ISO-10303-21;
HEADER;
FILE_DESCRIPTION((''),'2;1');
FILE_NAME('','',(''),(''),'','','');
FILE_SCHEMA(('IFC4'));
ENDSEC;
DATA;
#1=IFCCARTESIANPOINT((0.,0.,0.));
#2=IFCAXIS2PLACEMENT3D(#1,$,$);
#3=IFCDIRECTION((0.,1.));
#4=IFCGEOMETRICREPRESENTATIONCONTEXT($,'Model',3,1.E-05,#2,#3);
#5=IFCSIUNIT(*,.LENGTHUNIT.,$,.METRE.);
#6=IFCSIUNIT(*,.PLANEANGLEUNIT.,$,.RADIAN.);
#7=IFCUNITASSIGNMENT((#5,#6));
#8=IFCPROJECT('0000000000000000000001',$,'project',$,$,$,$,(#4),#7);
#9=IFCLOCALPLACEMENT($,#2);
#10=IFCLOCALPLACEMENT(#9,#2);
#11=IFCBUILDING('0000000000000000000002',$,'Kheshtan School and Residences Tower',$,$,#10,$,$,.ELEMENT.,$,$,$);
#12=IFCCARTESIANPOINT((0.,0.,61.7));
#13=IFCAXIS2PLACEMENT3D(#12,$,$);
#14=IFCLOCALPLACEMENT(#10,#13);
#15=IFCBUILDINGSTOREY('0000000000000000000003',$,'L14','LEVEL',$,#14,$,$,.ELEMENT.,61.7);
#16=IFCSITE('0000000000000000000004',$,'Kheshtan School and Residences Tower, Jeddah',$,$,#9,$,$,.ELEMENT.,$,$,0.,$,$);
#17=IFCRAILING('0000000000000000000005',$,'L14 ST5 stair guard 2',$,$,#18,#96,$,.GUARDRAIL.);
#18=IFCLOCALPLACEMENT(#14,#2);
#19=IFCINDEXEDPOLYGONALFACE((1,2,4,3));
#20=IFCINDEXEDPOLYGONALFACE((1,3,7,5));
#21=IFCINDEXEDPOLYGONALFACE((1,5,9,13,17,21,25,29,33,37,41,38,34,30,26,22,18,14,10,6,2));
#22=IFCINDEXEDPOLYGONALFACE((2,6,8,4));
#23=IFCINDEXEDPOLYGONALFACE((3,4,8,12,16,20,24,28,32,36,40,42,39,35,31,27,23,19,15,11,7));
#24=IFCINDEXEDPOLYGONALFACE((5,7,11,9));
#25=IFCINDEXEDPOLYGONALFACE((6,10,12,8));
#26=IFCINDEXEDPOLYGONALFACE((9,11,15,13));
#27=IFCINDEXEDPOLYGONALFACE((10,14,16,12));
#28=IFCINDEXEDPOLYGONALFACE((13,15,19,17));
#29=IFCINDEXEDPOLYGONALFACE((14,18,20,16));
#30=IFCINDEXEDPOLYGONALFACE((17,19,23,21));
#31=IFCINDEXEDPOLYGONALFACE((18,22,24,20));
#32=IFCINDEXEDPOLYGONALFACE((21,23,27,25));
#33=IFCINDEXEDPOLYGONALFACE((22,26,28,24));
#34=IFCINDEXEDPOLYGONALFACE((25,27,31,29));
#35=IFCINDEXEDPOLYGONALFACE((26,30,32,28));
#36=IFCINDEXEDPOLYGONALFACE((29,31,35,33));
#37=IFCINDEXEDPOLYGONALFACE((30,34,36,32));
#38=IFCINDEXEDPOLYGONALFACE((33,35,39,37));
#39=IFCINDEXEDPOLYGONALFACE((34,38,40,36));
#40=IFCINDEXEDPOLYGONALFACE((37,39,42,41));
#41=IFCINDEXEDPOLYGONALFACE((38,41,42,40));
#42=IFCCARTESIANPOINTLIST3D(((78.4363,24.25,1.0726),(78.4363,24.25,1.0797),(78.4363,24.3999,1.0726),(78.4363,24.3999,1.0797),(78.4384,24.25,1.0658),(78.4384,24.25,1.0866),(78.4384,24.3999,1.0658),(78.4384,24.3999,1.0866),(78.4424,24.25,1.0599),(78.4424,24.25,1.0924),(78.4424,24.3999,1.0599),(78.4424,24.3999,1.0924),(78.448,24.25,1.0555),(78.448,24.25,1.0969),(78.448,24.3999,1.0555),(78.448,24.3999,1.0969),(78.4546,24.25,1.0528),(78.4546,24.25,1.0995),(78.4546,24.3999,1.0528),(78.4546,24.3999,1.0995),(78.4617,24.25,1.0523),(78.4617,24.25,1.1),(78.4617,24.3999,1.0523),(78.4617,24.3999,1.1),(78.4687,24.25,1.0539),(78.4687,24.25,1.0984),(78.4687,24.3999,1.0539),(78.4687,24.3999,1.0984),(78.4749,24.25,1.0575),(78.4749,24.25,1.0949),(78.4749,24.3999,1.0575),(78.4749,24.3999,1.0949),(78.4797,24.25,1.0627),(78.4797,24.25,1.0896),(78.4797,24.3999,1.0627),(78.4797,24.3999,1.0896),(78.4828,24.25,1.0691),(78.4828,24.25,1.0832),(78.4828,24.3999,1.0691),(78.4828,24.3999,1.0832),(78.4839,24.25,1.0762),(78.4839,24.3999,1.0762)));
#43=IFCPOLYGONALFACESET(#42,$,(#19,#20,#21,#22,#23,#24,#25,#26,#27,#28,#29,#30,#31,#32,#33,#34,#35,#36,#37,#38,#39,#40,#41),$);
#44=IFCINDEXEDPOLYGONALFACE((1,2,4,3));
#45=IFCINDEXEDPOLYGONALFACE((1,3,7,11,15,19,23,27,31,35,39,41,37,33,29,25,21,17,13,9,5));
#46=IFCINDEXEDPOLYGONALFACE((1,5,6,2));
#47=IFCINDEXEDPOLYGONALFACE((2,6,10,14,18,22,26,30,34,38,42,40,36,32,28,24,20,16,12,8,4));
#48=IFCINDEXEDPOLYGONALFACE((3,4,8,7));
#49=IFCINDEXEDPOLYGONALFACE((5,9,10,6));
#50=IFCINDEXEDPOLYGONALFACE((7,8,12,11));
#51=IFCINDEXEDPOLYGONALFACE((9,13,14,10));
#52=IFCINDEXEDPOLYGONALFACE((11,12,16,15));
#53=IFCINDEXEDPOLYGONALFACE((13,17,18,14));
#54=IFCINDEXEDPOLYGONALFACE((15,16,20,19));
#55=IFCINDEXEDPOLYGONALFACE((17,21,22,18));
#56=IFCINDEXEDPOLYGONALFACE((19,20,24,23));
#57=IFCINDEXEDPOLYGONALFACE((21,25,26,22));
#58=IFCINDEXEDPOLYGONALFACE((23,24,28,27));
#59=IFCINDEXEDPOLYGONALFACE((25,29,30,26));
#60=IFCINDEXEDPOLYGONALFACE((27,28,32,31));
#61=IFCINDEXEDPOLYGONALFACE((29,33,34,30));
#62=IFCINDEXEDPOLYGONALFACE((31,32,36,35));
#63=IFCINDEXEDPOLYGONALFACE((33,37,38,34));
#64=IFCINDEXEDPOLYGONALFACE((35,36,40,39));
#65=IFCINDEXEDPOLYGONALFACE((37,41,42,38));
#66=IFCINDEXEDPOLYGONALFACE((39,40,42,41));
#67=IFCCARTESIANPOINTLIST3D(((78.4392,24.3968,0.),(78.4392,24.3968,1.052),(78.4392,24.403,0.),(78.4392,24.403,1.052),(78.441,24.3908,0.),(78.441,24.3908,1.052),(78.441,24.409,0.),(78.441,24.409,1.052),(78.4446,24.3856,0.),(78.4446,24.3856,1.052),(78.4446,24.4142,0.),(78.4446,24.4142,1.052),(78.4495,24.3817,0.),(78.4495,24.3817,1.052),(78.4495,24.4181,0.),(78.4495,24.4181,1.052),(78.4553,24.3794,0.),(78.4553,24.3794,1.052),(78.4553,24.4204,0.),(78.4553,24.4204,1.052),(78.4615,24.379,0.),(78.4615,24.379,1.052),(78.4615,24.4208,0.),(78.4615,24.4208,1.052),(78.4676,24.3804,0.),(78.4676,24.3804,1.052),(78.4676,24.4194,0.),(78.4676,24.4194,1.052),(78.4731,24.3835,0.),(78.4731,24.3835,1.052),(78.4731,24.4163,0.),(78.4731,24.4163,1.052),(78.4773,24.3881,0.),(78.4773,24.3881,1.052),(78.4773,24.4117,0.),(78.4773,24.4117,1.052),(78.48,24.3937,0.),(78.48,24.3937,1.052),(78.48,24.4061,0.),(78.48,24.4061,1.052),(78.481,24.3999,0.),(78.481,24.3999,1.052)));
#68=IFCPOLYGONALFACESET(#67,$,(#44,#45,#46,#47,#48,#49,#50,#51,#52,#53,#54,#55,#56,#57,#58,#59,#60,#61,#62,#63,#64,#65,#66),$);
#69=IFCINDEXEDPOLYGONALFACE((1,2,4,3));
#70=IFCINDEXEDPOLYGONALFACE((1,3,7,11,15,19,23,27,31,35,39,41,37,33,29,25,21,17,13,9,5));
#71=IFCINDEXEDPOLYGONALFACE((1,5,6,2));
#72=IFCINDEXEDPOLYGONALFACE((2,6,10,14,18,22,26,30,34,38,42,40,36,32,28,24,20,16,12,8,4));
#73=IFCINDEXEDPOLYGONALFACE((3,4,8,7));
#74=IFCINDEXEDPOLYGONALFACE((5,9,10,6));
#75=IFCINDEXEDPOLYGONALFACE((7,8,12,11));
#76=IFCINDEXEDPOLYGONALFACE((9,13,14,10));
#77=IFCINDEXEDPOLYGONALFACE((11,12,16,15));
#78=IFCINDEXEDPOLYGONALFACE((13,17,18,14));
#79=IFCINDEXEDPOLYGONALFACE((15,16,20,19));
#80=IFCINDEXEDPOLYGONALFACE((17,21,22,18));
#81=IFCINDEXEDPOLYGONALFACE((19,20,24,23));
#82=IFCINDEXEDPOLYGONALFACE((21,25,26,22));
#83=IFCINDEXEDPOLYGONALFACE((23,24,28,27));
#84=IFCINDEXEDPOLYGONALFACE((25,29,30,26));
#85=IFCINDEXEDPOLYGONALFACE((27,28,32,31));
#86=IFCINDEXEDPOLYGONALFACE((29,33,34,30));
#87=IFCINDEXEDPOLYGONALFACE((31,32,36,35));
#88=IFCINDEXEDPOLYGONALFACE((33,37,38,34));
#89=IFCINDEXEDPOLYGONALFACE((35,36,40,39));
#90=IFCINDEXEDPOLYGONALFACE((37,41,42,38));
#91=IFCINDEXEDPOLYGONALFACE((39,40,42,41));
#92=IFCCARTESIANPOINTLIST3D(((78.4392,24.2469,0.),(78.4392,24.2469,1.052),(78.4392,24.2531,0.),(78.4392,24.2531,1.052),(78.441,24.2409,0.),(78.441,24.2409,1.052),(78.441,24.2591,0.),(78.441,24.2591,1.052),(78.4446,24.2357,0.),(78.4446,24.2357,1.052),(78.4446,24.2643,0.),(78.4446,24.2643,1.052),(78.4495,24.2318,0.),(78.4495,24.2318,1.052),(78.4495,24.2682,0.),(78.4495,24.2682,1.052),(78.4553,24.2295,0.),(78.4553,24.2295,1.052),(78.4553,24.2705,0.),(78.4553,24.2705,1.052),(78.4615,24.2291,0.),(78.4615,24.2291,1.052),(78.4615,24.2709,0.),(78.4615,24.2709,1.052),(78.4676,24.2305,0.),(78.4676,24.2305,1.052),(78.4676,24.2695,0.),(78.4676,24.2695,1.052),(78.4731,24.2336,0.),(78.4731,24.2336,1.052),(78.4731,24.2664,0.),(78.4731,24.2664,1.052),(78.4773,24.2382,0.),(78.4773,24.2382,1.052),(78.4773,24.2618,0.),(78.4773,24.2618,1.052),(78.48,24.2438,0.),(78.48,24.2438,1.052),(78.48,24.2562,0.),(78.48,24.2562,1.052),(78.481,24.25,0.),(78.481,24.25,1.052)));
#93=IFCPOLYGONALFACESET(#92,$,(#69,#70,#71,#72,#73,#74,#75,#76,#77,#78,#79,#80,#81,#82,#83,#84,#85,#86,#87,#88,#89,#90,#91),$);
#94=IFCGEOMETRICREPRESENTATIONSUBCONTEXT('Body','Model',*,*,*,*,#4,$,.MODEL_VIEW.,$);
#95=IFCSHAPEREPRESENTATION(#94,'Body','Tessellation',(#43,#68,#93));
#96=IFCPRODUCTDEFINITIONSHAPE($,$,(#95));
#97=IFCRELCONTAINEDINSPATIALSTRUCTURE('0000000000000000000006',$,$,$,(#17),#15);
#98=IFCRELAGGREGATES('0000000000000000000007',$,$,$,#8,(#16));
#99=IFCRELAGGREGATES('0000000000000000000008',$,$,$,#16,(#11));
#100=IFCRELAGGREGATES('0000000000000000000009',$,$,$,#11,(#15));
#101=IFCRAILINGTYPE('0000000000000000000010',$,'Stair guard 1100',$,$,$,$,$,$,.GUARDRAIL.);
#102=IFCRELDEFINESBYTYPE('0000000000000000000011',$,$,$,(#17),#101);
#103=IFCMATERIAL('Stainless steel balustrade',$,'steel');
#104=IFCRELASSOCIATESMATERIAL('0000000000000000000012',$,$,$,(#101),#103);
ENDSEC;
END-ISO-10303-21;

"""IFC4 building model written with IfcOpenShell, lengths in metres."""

from ifc_helpers import new_model, si_unit, direction, frame, origin, origin_2d, place, context, subcontext, project, spatial, circle, extrude, material, type_object, element, save


model = new_model("IFC4")

# Units and contexts
model_context = context("Model", 3, precision=1e-05, world=origin(), true_north=direction((0.0, 1.0)))
body_context = subcontext(model_context, "Body", "Model", "MODEL_VIEW")
ifc_project = project(units=[si_unit("LENGTHUNIT", "METRE"), si_unit("PLANEANGLEUNIT", "RADIAN")], contexts=[model_context])

# Site, building, storey
site_placement = place(None, origin())
site = spatial("IfcSite", under=ifc_project, at=site_placement, Name="Kheshtan School and Residences Tower, Jeddah", CompositionType="ELEMENT", RefElevation=0.0)
building_placement = place(site_placement, origin())
building = spatial("IfcBuilding", under=site, at=building_placement, Name="Kheshtan School and Residences Tower", CompositionType="ELEMENT")
storey_placement = place(building_placement, frame((0.0, 0.0, 61.7)))
storey = spatial("IfcBuildingStorey", under=building, at=storey_placement, Name="L14", Description="LEVEL", CompositionType="ELEMENT", Elevation=61.7)

# Railing
ifc_material_1 = material(Name="Stainless steel balustrade", Category="steel")
railing_type_1 = type_object("IfcRailingType", Name="Stair guard 1100", PredefinedType="GUARDRAIL", material=ifc_material_1)
railing_1_placement = place(storey_placement, frame((78.46, 24.3999, 0.0)))
element("IfcRailing", 1, at=railing_1_placement, inside=storey, type_object=railing_type_1, Name="L14 ST5 stair guard 2", PredefinedType="GUARDRAIL", context=body_context, shape_type="SweptSolid", body=[
    extrude(circle(Radius=0.0239, at=origin_2d()), frame((0.0, 0.0, 1.0762), z_axis=(0.0, -1.0, 0.0), x_axis=(1.0, 0.0, 0.0)), (0.0, 0.0, 1.0), 0.1499),
    extrude(circle(Radius=0.021, at=origin_2d()), origin(), (0.0, 0.0, 1.0), 1.052),
    extrude(circle(Radius=0.021, at=origin_2d()), frame((0.0, -0.1499, 0.0)), (0.0, 0.0, 1.0), 1.052),
])

save(model, "model.ifc")
